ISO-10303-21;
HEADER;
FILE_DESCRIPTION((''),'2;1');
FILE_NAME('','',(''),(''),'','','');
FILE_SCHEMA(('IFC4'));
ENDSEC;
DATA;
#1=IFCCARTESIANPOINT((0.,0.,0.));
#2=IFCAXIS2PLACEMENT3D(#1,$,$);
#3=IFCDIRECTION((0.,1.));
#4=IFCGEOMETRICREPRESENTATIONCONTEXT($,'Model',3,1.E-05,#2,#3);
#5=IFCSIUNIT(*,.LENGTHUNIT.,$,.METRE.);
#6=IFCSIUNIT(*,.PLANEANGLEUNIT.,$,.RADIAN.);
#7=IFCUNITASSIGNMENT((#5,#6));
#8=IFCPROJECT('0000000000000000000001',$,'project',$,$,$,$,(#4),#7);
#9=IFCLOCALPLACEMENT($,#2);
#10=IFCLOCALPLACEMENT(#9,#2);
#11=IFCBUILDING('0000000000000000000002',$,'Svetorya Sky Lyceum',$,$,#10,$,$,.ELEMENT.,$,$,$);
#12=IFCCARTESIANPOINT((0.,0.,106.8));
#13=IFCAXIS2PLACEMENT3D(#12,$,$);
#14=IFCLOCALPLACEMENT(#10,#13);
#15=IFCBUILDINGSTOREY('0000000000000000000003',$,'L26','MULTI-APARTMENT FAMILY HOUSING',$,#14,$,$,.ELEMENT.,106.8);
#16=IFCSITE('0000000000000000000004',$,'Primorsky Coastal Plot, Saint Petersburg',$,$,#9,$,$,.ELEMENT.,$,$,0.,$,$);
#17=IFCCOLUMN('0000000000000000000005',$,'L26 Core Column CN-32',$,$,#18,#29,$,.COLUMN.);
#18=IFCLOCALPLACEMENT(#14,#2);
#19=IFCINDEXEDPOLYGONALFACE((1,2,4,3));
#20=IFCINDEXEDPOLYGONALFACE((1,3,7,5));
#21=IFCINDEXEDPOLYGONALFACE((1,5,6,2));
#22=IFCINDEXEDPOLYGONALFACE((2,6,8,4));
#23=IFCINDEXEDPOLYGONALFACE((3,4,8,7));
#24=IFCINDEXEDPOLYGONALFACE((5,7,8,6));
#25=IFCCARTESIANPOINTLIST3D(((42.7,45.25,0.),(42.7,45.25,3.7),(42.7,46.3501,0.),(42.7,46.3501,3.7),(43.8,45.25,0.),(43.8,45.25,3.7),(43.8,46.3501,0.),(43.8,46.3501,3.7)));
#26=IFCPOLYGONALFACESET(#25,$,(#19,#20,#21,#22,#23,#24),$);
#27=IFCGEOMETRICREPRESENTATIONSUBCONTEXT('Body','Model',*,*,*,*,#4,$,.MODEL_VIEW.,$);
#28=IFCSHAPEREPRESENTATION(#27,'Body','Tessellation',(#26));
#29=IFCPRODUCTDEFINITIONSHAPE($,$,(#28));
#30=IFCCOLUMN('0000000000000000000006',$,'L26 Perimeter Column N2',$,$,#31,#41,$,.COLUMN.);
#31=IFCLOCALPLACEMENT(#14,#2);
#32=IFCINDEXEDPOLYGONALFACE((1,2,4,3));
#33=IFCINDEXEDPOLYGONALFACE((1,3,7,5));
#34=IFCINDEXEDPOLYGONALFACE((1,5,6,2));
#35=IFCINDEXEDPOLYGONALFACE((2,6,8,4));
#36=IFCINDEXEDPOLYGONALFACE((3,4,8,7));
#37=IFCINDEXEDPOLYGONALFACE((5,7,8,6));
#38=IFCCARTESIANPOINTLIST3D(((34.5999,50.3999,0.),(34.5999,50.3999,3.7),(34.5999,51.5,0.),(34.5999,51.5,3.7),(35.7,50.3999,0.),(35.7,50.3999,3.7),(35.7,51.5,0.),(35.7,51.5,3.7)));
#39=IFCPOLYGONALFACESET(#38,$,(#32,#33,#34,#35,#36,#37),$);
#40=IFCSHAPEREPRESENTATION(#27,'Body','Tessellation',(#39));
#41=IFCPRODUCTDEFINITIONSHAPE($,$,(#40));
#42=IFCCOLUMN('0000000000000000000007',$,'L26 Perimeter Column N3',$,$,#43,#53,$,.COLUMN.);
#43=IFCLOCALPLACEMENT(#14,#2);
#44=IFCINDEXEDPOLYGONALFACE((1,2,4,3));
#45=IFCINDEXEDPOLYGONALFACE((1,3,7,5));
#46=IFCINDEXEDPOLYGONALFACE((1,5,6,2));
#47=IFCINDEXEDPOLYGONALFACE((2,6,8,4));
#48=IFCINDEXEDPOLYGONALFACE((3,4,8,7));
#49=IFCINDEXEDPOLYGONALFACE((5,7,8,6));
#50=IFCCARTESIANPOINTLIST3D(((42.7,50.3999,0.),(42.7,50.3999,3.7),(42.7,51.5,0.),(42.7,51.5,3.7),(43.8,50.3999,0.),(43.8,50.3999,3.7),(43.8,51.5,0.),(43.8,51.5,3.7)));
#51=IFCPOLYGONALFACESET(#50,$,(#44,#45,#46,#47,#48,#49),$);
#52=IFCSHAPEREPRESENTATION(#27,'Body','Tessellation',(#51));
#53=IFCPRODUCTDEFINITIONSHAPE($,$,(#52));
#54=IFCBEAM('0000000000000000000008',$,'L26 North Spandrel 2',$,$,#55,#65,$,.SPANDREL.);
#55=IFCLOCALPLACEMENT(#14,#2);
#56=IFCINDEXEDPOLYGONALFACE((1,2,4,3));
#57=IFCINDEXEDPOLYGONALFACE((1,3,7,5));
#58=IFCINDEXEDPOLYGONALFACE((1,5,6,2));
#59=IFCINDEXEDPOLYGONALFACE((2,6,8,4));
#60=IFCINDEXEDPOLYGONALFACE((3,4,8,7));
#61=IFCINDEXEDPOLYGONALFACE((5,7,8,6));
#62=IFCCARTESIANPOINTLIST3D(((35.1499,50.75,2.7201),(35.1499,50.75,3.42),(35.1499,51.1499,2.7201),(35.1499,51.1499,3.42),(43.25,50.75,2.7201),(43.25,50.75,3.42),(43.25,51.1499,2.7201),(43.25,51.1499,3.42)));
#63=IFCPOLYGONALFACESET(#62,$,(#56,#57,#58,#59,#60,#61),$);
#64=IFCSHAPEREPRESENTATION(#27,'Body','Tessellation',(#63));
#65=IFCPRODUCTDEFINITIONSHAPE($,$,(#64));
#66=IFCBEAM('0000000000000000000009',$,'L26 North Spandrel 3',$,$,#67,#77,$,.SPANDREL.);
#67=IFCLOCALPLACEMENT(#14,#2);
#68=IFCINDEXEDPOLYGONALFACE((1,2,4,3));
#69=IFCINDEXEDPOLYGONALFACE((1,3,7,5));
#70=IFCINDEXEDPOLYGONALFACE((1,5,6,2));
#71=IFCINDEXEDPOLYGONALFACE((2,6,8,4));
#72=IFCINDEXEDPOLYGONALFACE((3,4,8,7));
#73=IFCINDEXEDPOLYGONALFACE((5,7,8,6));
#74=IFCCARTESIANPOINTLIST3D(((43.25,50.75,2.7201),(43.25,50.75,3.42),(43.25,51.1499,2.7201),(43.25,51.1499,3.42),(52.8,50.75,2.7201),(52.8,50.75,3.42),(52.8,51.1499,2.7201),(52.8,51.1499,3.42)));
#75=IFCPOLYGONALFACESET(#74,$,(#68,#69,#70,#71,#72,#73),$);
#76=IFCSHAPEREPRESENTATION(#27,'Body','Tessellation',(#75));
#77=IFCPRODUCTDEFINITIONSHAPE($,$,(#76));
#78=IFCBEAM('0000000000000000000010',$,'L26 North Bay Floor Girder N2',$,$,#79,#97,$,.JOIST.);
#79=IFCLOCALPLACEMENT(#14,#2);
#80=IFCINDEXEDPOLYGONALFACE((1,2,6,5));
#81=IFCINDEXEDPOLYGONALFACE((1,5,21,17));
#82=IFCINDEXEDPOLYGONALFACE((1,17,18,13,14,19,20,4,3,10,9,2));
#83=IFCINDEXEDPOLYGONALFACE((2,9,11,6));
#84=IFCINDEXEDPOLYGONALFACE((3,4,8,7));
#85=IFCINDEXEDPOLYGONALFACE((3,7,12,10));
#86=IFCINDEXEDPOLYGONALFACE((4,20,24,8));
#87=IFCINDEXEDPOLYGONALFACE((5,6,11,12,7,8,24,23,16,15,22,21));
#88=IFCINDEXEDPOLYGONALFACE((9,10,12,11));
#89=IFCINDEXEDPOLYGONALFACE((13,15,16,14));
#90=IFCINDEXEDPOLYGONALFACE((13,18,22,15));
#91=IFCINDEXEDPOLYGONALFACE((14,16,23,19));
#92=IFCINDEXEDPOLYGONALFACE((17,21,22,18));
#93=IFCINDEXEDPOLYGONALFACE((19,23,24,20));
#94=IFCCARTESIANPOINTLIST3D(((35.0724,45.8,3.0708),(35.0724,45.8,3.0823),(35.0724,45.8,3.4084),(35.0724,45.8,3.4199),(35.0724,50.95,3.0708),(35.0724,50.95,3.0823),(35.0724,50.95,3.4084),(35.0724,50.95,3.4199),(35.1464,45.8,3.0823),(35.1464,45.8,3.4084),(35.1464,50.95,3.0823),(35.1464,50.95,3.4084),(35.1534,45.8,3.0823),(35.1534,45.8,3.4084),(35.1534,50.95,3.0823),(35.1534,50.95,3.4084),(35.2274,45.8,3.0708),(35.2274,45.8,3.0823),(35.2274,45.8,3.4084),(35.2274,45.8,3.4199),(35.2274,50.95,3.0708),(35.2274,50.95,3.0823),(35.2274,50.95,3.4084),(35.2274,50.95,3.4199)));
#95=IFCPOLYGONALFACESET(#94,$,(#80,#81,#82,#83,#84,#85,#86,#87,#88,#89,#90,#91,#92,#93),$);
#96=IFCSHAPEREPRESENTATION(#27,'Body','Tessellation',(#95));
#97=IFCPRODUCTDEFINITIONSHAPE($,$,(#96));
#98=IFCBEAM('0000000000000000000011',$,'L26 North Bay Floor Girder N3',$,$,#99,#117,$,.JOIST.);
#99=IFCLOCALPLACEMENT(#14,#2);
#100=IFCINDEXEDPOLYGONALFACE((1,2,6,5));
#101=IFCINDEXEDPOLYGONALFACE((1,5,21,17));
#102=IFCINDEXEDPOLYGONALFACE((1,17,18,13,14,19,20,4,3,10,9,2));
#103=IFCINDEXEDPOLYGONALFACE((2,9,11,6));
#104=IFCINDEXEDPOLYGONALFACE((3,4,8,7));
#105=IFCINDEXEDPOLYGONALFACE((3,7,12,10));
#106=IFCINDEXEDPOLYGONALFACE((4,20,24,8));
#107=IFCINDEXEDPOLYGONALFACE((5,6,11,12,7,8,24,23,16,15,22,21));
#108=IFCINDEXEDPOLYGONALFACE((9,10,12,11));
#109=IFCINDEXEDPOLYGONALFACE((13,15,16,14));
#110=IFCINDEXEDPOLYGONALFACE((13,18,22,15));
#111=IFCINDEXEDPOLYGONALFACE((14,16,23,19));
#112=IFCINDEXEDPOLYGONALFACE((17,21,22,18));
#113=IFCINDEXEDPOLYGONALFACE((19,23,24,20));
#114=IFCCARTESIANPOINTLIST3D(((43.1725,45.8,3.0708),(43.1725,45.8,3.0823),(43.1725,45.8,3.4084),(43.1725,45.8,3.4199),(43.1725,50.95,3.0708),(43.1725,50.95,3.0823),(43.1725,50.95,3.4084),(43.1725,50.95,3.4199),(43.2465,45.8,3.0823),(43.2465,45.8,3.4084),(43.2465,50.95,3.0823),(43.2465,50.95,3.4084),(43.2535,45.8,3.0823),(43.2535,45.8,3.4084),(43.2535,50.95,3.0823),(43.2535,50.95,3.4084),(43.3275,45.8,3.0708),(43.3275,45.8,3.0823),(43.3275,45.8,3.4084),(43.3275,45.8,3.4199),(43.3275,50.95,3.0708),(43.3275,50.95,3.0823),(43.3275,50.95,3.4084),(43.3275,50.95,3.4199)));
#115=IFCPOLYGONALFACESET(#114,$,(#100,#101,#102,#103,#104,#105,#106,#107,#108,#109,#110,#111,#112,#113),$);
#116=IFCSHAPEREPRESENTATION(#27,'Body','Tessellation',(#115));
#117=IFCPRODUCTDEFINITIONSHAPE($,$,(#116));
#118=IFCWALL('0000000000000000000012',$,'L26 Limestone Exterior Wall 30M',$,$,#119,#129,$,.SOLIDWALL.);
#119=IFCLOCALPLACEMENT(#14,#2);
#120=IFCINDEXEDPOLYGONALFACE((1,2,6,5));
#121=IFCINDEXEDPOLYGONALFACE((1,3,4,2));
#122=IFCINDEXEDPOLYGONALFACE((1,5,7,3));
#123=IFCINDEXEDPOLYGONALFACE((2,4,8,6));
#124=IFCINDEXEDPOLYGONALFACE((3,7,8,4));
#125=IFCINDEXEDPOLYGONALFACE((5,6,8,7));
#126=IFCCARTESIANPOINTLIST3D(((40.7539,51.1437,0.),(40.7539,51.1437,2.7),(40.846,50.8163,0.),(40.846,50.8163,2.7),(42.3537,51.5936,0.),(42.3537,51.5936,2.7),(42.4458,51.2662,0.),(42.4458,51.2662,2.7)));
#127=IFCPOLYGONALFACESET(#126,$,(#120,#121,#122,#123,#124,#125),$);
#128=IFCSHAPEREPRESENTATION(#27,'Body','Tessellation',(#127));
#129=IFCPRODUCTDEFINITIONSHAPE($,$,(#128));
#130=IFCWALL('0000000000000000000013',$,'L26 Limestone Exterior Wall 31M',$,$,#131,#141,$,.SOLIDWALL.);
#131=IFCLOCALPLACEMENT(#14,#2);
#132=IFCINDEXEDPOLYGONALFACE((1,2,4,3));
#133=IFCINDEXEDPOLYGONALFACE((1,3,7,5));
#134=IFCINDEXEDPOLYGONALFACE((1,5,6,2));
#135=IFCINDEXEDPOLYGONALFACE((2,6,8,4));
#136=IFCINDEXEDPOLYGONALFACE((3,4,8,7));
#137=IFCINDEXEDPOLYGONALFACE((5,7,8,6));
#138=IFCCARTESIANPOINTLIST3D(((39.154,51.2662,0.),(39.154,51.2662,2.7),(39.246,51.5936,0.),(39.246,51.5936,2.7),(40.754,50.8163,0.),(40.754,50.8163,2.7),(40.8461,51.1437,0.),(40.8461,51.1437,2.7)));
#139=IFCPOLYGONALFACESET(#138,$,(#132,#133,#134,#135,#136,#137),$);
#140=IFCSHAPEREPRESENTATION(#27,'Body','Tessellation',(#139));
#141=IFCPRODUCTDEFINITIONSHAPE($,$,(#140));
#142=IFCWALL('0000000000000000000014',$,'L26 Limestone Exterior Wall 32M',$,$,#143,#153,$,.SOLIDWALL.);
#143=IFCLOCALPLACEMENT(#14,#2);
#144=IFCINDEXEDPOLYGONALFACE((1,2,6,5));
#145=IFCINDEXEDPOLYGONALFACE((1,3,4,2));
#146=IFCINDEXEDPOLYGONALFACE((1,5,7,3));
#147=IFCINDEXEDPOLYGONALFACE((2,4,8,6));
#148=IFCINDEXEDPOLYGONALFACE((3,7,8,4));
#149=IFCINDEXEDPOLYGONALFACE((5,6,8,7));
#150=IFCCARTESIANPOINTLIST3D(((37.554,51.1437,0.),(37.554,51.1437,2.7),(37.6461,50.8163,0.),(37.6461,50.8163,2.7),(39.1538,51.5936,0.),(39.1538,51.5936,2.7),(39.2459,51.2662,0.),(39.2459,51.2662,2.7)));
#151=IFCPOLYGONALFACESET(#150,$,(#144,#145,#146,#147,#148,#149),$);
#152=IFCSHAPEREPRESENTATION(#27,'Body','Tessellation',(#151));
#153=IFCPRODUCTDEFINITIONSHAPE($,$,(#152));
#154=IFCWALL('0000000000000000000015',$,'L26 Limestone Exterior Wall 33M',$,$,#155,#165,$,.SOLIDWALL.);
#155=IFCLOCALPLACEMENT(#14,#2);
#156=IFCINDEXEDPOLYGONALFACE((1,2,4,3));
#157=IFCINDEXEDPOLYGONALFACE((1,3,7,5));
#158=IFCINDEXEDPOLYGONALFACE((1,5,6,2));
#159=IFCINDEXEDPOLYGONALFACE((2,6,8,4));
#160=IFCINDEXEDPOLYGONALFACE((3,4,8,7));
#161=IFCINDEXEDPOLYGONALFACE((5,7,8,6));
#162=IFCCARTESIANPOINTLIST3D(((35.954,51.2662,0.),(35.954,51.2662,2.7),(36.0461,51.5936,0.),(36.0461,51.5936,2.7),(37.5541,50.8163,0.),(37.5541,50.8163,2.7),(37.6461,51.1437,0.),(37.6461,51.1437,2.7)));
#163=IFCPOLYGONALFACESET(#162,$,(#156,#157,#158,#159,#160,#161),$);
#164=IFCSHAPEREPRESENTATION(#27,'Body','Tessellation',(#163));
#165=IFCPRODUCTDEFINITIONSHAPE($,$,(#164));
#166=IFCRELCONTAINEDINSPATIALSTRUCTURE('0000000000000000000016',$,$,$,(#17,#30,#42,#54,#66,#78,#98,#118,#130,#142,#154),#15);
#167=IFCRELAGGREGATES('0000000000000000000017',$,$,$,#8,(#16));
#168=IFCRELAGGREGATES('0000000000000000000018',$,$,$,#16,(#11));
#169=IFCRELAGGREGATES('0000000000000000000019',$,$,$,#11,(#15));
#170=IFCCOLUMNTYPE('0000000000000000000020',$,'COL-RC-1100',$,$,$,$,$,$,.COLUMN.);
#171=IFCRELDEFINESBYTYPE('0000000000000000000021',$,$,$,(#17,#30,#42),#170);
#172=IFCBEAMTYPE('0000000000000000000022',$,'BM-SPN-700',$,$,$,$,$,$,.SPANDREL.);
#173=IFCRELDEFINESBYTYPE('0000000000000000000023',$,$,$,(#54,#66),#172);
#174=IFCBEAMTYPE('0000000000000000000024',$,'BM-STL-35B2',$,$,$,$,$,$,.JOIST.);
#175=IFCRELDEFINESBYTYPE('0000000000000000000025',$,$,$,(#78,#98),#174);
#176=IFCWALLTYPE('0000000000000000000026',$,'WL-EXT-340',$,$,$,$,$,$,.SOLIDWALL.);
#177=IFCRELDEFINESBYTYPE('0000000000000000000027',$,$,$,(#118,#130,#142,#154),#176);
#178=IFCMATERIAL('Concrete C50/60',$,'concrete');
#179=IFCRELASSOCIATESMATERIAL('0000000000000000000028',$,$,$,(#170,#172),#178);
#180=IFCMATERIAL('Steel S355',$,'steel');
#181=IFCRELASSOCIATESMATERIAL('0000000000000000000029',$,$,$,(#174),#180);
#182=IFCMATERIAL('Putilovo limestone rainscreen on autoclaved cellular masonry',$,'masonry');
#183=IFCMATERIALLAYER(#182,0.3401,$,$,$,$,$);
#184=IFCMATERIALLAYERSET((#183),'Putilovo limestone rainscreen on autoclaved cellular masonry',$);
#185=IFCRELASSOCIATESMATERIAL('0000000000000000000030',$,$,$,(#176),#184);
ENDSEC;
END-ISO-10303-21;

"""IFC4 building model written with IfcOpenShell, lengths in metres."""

from ifc_helpers import new_model, si_unit, direction, frame, frame_2d, origin, origin_2d, place, context, subcontext, project, spatial, rectangle, i_section, extrude, material, layer, layer_set, material_profile, profile_set, type_object, element, save


model = new_model("IFC4")

# Units and contexts
model_context = context("Model", 3, precision=1e-05, world=origin(), true_north=direction((0.0, 1.0)))
body_context = subcontext(model_context, "Body", "Model", "MODEL_VIEW")
ifc_project = project(units=[si_unit("LENGTHUNIT", "METRE"), si_unit("PLANEANGLEUNIT", "RADIAN")], contexts=[model_context])

# Site, building, storey
site_placement = place(None, origin())
site = spatial("IfcSite", under=ifc_project, at=site_placement, Name="Primorsky Coastal Plot, Saint Petersburg", CompositionType="ELEMENT", RefElevation=0.0)
building_placement = place(site_placement, origin())
building = spatial("IfcBuilding", under=site, at=building_placement, Name="Svetorya Sky Lyceum", CompositionType="ELEMENT")
storey_placement = place(building_placement, frame((0.0, 0.0, 106.8)))
storey = spatial("IfcBuildingStorey", under=building, at=storey_placement, Name="L26", Description="MULTI-APARTMENT FAMILY HOUSING", CompositionType="ELEMENT", Elevation=106.8)

# Columns
ifc_material_1 = material(Name="Concrete C50/60", Category="concrete")
ifc_material_profile_1 = material_profile(ifc_material_1, rectangle(XDim=1.1001, YDim=1.1001, at=origin_2d()), Name="RC COL 1100x1100")
ifc_profile_set_1 = profile_set([ifc_material_profile_1], Name="Concrete C50/60")
column_type = type_object("IfcColumnType", Name="COL-RC-1100", PredefinedType="COLUMN", material=ifc_profile_set_1)
for number, where, z_axis, x_axis, name in (
    (1, (43.25, 45.8, 0.0), (0.0, 0.0, 1.0), (1.0, 0.0, 0.0), "L26 Core Column CN-32"),
    (2, (35.1499, 50.95, 0.0), (0.0, 0.0, 1.0), (1.0, 0.0, 0.0), "L26 Perimeter Column N2"),
    (3, (43.25, 50.95, 0.0), (0.0, 0.0, 1.0), (1.0, 0.0, 0.0), "L26 Perimeter Column N3"),
):
    element("IfcColumn", number, at=place(storey_placement, frame(where, z_axis=z_axis, x_axis=x_axis)), inside=storey, type_object=column_type, Name=name, PredefinedType="COLUMN", context=body_context, shape_type="SweptSolid", body=[
        extrude(rectangle(XDim=1.1001, YDim=1.1001, at=origin_2d()), origin(), (0.0, 0.0, 1.0), 3.7),
    ])

# Beams
ifc_material_profile_2 = material_profile(ifc_material_1, rectangle(XDim=0.3999, YDim=0.7, at=origin_2d()), Name="RC SPANDREL 400x700")
ifc_profile_set_2 = profile_set([ifc_material_profile_2], Name="Concrete C50/60")
beam_type_1 = type_object("IfcBeamType", Name="BM-SPN-700", PredefinedType="SPANDREL", material=ifc_profile_set_2)
beam_1_placement = place(storey_placement, frame((35.1499, 50.95, 3.0701), z_axis=(1.0, 0.0, 0.0), x_axis=(0.0, 1.0, 0.0)))
element("IfcBeam", 4, at=beam_1_placement, inside=storey, type_object=beam_type_1, Name="L26 North Spandrel 2", PredefinedType="SPANDREL", context=body_context, shape_type="SweptSolid", body=[
    extrude(rectangle(XDim=0.3999, YDim=0.7, at=origin_2d()), origin(), (0.0, 0.0, 1.0), 8.1001),
])
beam_2_placement = place(storey_placement, frame((43.25, 50.95, 3.0701), z_axis=(1.0, 0.0, 0.0), x_axis=(0.0, 1.0, 0.0)))
element("IfcBeam", 5, at=beam_2_placement, inside=storey, type_object=beam_type_1, Name="L26 North Spandrel 3", PredefinedType="SPANDREL", context=body_context, shape_type="SweptSolid", body=[
    extrude(rectangle(XDim=0.3999, YDim=0.7, at=origin_2d()), origin(), (0.0, 0.0, 1.0), 9.55),
])
ifc_material_2 = material(Name="Steel S355", Category="steel")
ifc_material_profile_3 = material_profile(ifc_material_2, i_section(OverallWidth=0.155, OverallDepth=0.3491, WebThickness=0.0071, FlangeThickness=0.0115, at=origin_2d()), Name="GOST 35B2")
ifc_profile_set_3 = profile_set([ifc_material_profile_3], Name="Steel S355")
beam_type_2 = type_object("IfcBeamType", Name="BM-STL-35B2", PredefinedType="JOIST", material=ifc_profile_set_3)
for number, where, z_axis, x_axis, name in (
    (6, (35.1499, 45.8, 3.2454), (0.0, 1.0, 0.0), (-1.0, 0.0, 0.0), "L26 North Bay Floor Girder N2"),
    (7, (43.25, 45.8, 3.2454), (0.0, 1.0, 0.0), (-1.0, 0.0, 0.0), "L26 North Bay Floor Girder N3"),
):
    element("IfcBeam", number, at=place(storey_placement, frame(where, z_axis=z_axis, x_axis=x_axis)), inside=storey, type_object=beam_type_2, Name=name, PredefinedType="JOIST", context=body_context, shape_type="SweptSolid", body=[
        extrude(i_section(OverallWidth=0.155, OverallDepth=0.3491, WebThickness=0.0071, FlangeThickness=0.0115, at=origin_2d()), origin(), (0.0, 0.0, 1.0), 5.1499),
    ])

# Walls
ifc_material_3 = material(Name="Putilovo limestone rainscreen on autoclaved cellular masonry", Category="masonry")
ifc_layer_1 = layer(ifc_material_3, 0.3401)
ifc_layer_set_1 = layer_set([ifc_layer_1], Name="Putilovo limestone rainscreen on autoclaved cellular masonry")
wall_type_1 = type_object("IfcWallType", Name="WL-EXT-340", PredefinedType="SOLIDWALL", material=ifc_layer_set_1)
wall_1_placement = place(storey_placement, frame((42.3999, 51.4299, 0.0), z_axis=(0.0, 0.0, 1.0), x_axis=(-0.962652, -0.270741, 0.0)))
element("IfcWall", 8, at=wall_1_placement, inside=storey, type_object=wall_type_1, Name="L26 Limestone Exterior Wall 30M", PredefinedType="SOLIDWALL", context=body_context, shape_type="SweptSolid", body=[
    extrude(rectangle(XDim=1.6619, YDim=0.3401, at=frame_2d((0.8311, 0.0))), origin(), (0.0, 0.0, 1.0), 2.7),
])
wall_2_placement = place(storey_placement, frame((40.8, 50.98, 0.0), z_axis=(0.0, 0.0, 1.0), x_axis=(-0.962663, 0.270703, 0.0)))
element("IfcWall", 9, at=wall_2_placement, inside=storey, type_object=wall_type_1, Name="L26 Limestone Exterior Wall 31M", PredefinedType="SOLIDWALL", context=body_context, shape_type="SweptSolid", body=[
    extrude(rectangle(XDim=1.6621, YDim=0.3401, at=frame_2d((0.8311, 0.0))), origin(), (0.0, 0.0, 1.0), 2.7),
])
wall_3_placement = place(storey_placement, frame((39.2, 51.4299, 0.0), z_axis=(0.0, 0.0, 1.0), x_axis=(-0.962652, -0.270741, 0.0)))
element("IfcWall", 10, at=wall_3_placement, inside=storey, type_object=wall_type_1, Name="L26 Limestone Exterior Wall 32M", PredefinedType="SOLIDWALL", context=body_context, shape_type="SweptSolid", body=[
    extrude(rectangle(XDim=1.6619, YDim=0.3401, at=frame_2d((0.8311, 0.0))), origin(), (0.0, 0.0, 1.0), 2.7),
])
wall_4_placement = place(storey_placement, frame((37.6001, 50.98, 0.0), z_axis=(0.0, 0.0, 1.0), x_axis=(-0.962663, 0.270703, 0.0)))
element("IfcWall", 11, at=wall_4_placement, inside=storey, type_object=wall_type_1, Name="L26 Limestone Exterior Wall 33M", PredefinedType="SOLIDWALL", context=body_context, shape_type="SweptSolid", body=[
    extrude(rectangle(XDim=1.6621, YDim=0.3401, at=frame_2d((0.8311, 0.0))), origin(), (0.0, 0.0, 1.0), 2.7),
])

save(model, "model.ifc")
